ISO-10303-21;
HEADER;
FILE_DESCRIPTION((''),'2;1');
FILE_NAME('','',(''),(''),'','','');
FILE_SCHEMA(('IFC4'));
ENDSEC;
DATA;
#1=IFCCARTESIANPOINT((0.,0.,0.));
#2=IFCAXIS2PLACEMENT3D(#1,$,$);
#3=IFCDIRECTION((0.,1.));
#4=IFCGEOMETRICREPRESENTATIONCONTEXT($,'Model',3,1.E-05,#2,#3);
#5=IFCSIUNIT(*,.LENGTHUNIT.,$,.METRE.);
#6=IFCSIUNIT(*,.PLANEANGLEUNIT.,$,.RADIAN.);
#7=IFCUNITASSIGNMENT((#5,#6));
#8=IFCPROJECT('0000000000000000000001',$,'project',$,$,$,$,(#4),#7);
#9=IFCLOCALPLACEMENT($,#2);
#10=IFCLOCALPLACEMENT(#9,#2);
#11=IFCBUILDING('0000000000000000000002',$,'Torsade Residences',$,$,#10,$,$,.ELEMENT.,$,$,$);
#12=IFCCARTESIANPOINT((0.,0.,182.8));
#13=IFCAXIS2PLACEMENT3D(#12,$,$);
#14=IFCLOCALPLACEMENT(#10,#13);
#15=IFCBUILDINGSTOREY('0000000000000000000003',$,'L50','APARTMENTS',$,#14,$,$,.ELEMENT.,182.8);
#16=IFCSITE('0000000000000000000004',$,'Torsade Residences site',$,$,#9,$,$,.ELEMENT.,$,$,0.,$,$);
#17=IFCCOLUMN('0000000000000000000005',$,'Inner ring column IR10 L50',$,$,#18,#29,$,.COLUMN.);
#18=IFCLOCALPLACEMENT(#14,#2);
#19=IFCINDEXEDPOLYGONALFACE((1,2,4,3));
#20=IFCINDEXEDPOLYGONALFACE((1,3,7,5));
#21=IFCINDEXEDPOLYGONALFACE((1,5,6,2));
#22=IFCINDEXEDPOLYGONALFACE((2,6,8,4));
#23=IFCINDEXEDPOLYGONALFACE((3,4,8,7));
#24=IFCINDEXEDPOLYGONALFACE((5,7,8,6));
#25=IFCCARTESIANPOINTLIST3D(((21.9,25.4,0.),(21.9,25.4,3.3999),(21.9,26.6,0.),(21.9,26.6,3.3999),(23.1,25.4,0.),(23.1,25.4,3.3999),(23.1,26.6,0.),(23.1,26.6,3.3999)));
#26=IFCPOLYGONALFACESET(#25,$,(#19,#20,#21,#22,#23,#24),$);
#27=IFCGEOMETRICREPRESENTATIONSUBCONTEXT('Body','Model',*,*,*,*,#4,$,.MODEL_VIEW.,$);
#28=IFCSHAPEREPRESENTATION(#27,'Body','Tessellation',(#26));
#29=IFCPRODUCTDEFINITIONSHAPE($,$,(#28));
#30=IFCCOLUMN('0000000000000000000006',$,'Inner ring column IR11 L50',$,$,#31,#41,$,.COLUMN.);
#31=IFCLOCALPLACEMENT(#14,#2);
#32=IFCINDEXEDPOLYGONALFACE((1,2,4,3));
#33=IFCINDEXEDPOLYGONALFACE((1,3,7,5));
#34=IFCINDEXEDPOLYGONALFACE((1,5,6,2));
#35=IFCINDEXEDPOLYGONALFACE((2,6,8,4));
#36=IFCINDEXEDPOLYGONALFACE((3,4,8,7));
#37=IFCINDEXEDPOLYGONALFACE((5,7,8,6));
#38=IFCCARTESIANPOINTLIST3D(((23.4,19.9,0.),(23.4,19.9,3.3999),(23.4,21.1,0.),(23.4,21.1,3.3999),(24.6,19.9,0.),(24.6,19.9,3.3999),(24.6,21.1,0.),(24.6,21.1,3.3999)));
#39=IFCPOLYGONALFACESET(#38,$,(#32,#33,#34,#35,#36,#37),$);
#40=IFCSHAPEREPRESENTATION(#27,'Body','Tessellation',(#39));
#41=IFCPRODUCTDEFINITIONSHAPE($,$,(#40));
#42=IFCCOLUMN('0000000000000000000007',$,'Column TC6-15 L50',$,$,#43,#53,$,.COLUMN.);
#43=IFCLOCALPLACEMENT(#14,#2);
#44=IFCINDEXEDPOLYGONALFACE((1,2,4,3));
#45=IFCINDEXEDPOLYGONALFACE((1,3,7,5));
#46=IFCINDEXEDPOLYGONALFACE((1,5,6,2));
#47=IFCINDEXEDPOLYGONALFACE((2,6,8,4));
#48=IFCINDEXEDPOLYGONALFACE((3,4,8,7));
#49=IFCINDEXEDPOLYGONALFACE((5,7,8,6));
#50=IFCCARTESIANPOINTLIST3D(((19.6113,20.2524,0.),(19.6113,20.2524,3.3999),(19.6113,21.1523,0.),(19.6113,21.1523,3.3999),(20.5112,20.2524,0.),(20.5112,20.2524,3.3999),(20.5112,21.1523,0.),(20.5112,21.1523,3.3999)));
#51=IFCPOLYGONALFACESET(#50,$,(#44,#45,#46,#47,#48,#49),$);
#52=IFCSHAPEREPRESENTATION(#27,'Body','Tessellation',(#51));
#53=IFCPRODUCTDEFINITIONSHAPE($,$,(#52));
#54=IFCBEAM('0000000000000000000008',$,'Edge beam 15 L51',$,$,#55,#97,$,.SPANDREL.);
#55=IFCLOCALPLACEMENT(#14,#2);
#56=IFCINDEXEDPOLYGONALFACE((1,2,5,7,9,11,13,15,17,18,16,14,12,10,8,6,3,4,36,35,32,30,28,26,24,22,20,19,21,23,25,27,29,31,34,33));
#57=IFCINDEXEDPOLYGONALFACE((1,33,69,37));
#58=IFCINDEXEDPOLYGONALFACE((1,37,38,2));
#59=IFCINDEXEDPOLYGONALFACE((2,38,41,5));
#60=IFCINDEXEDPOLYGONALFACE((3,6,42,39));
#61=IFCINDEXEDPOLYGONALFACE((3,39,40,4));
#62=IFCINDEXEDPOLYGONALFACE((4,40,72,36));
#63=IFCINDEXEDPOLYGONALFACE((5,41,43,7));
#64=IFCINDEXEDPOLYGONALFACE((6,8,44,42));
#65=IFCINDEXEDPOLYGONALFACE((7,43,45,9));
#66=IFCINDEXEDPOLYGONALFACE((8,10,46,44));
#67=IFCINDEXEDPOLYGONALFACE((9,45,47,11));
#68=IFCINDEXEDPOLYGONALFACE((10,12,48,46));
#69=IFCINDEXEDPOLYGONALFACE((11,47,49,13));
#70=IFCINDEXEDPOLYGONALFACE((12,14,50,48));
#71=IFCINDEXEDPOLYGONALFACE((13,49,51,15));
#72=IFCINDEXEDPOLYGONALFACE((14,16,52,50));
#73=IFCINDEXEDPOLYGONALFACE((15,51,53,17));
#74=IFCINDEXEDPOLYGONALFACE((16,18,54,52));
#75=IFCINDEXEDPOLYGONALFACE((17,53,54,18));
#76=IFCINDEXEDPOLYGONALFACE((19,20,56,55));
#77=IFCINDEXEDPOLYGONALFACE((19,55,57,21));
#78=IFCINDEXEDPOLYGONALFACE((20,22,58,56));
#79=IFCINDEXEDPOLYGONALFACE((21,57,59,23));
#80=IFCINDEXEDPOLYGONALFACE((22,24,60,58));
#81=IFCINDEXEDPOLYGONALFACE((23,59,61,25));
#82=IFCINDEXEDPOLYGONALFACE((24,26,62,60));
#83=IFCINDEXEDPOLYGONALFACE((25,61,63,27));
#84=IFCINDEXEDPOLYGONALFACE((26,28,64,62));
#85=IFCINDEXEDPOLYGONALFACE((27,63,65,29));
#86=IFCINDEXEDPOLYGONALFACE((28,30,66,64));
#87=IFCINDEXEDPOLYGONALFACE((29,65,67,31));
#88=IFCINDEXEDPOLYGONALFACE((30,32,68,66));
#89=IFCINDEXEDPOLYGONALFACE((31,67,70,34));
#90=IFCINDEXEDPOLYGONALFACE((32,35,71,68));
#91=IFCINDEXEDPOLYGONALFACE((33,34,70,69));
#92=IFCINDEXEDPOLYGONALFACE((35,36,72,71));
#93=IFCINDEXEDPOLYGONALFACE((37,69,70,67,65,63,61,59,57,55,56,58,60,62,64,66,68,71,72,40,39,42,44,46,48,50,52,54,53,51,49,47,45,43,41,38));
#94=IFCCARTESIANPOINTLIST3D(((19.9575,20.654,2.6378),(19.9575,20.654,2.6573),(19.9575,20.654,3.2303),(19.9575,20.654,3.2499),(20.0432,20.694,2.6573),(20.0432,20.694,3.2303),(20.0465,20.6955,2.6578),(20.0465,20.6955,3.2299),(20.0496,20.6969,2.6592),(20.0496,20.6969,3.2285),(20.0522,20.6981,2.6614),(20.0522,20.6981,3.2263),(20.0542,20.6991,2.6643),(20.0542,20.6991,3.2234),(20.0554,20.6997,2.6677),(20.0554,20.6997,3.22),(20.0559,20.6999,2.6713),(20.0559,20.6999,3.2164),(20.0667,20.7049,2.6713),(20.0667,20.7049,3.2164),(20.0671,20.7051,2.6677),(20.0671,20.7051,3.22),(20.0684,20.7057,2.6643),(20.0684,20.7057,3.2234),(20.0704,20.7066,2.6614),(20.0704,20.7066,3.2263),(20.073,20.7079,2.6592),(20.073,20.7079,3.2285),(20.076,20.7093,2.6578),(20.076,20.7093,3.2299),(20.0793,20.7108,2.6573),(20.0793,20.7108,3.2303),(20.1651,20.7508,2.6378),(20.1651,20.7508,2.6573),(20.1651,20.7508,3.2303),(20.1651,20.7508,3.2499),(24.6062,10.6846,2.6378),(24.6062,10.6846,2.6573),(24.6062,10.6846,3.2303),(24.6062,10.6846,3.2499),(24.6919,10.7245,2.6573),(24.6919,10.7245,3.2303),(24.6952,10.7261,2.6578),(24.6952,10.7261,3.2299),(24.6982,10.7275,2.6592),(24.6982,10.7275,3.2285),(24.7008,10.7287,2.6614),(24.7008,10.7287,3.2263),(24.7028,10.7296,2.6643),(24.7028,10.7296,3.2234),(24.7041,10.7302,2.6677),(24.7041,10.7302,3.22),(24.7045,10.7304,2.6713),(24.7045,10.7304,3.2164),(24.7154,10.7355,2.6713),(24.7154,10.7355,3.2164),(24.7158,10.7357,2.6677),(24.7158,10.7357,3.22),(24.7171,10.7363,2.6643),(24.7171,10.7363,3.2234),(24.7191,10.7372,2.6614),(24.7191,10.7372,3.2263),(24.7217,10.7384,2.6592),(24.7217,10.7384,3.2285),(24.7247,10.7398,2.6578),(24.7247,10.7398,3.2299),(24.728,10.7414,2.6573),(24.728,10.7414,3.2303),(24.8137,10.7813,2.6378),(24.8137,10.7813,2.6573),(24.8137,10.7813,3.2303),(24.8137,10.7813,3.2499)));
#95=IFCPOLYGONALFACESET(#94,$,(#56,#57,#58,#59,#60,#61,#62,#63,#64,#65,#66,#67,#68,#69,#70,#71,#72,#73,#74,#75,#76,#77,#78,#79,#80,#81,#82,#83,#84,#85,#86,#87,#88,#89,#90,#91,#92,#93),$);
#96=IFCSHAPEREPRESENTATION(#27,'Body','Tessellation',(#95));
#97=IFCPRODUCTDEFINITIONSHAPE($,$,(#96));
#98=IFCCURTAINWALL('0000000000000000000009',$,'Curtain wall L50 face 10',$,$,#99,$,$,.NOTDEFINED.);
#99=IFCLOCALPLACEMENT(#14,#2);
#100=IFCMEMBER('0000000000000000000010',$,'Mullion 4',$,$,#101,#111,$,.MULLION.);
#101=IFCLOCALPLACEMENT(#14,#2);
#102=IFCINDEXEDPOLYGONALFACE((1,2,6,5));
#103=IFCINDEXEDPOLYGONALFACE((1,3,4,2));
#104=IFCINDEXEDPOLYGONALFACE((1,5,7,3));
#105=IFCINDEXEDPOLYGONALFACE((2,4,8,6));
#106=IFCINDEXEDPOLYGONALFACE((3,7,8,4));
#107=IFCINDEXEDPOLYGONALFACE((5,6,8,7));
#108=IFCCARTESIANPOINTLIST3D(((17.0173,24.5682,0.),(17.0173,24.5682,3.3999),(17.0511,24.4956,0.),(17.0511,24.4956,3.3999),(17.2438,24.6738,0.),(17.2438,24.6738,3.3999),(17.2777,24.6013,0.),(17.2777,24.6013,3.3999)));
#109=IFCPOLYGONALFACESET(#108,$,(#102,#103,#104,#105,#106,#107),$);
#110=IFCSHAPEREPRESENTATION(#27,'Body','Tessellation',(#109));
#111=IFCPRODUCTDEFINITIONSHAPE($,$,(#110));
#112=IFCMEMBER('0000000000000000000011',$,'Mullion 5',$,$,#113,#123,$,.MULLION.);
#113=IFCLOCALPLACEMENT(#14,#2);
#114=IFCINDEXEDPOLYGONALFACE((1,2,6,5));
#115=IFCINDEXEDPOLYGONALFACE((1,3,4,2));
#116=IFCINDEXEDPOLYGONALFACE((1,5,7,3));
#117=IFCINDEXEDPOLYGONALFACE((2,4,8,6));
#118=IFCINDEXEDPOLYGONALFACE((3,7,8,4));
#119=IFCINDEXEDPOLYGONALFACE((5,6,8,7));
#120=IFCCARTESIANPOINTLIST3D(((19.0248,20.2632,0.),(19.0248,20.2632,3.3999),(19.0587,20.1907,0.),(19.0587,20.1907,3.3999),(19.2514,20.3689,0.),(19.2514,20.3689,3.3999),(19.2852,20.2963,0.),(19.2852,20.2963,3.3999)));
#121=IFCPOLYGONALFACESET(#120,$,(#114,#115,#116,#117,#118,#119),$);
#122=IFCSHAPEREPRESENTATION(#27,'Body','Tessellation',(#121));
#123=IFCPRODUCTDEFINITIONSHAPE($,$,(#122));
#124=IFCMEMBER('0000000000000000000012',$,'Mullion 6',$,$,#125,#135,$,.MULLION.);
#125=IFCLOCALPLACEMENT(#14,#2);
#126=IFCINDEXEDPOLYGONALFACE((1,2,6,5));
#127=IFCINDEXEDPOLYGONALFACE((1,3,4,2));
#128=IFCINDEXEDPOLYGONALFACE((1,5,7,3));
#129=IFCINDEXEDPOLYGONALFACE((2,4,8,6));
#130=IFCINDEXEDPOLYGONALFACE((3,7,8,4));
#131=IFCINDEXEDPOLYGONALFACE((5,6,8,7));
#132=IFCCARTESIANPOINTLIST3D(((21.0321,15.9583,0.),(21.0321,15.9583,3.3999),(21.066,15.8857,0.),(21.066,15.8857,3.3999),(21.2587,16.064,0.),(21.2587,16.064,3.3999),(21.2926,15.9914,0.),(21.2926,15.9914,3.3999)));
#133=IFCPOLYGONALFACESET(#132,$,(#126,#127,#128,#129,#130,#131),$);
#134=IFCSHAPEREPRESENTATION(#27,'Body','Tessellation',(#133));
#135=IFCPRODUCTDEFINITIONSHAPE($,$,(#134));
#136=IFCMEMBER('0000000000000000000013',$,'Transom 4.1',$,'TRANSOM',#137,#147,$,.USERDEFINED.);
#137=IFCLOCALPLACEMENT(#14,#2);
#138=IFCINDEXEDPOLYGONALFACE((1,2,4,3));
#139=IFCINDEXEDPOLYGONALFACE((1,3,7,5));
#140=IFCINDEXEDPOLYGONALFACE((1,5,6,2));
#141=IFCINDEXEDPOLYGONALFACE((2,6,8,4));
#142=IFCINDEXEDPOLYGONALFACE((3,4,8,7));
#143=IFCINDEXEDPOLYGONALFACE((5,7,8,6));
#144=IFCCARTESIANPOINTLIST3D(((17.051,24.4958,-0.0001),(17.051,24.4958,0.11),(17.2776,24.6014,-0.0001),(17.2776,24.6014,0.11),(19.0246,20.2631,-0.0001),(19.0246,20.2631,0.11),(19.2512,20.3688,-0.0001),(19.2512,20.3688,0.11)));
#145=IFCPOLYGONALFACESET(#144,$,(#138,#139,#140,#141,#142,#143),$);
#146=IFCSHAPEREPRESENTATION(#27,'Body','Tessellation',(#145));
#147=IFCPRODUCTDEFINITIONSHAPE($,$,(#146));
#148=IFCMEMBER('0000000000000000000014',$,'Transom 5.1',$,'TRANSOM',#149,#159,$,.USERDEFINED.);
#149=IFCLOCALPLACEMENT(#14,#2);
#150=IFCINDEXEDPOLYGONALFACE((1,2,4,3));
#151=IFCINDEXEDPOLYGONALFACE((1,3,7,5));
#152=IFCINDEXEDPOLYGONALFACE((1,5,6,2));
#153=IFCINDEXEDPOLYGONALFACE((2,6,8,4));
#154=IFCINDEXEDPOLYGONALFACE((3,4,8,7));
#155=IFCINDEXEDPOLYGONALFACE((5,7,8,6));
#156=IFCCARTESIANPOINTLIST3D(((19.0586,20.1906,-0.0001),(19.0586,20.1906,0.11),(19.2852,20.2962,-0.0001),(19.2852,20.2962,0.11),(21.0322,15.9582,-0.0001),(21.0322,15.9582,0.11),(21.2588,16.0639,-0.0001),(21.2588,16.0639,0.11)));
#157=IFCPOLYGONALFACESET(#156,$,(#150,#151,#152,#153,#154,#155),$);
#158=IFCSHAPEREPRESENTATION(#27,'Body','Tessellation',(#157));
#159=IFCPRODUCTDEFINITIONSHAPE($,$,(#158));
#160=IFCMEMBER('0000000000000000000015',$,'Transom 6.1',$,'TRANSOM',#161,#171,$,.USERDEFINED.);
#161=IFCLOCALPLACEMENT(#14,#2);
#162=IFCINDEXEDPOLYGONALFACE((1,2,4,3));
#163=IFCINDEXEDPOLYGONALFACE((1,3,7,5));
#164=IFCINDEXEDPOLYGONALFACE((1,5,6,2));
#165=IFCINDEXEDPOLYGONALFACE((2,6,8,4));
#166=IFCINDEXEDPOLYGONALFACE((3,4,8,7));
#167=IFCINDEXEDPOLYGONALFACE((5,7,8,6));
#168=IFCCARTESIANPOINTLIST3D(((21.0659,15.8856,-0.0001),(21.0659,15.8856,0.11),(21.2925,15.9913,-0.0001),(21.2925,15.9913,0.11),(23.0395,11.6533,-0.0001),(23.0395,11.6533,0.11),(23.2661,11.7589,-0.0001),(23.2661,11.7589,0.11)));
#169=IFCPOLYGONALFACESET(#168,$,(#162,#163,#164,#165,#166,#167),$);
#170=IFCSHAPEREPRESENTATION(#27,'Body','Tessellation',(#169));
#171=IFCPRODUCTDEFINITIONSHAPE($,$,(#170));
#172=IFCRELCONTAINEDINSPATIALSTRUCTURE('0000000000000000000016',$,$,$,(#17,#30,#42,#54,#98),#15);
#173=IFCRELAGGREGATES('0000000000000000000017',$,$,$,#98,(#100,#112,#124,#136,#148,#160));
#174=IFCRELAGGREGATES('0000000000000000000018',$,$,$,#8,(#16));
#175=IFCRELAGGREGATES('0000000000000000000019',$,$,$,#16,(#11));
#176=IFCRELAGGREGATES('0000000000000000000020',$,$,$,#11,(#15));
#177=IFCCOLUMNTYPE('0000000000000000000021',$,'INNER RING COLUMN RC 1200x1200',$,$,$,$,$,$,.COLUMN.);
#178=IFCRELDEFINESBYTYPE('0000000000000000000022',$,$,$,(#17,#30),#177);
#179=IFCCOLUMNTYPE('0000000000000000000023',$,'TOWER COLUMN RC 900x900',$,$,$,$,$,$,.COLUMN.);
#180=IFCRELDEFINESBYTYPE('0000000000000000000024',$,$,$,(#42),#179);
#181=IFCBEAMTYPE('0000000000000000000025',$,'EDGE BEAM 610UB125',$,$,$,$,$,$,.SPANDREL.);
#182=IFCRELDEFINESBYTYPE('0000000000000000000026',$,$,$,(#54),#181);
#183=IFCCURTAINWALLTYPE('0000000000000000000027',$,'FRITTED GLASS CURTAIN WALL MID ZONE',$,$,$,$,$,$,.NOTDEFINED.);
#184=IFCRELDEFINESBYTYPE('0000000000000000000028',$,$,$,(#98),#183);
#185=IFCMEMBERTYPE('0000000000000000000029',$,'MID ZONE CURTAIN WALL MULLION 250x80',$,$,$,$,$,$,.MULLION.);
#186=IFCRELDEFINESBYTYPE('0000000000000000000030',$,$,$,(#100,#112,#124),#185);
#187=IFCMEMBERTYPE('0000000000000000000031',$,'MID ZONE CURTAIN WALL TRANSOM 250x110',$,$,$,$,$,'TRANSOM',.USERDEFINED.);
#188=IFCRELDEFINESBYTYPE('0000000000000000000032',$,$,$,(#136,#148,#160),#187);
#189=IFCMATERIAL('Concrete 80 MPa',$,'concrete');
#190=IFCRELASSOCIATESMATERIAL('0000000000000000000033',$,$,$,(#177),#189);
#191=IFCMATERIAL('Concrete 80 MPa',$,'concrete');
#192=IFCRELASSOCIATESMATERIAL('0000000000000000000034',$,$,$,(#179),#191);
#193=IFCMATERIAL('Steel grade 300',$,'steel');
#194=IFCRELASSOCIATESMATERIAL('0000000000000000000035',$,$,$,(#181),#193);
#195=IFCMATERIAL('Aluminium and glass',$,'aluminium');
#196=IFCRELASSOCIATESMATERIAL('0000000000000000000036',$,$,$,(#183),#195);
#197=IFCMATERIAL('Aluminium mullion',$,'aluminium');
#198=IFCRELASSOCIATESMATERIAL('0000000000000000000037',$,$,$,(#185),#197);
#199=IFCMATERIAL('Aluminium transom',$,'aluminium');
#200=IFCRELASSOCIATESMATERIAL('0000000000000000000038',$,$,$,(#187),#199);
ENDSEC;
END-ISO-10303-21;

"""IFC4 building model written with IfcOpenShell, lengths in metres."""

from ifc_helpers import new_model, si_unit, direction, frame, origin, origin_2d, place, context, subcontext, project, spatial, rectangle, i_section, extrude, material, material_profile, profile_set, type_object, element, aggregate, save


model = new_model("IFC4")

# Units and contexts
model_context = context("Model", 3, precision=1e-05, world=origin(), true_north=direction((0.0, 1.0)))
body_context = subcontext(model_context, "Body", "Model", "MODEL_VIEW")
ifc_project = project(units=[si_unit("LENGTHUNIT", "METRE"), si_unit("PLANEANGLEUNIT", "RADIAN")], contexts=[model_context])

# Site, building, storey
site_placement = place(None, origin())
site = spatial("IfcSite", under=ifc_project, at=site_placement, Name="Torsade Residences site", CompositionType="ELEMENT", RefElevation=0.0)
building_placement = place(site_placement, origin())
building = spatial("IfcBuilding", under=site, at=building_placement, Name="Torsade Residences", CompositionType="ELEMENT")
storey_placement = place(building_placement, frame((0.0, 0.0, 182.8)))
storey = spatial("IfcBuildingStorey", under=building, at=storey_placement, Name="L50", Description="APARTMENTS", CompositionType="ELEMENT", Elevation=182.8)

# Columns
ifc_material_1 = material(Name="Concrete 80 MPa", Category="concrete")
ifc_material_profile_1 = material_profile(ifc_material_1, rectangle(XDim=1.2, YDim=1.2, at=origin_2d()), Name="RC 1200x1200")
ifc_profile_set_1 = profile_set([ifc_material_profile_1], Name="Concrete 80 MPa")
column_type_1 = type_object("IfcColumnType", Name="INNER RING COLUMN RC 1200x1200", PredefinedType="COLUMN", material=ifc_profile_set_1)
for number, where, z_axis, x_axis, name in (
    (1, (22.5, 26.0, 0.0), (0.0, 0.0, 1.0), (1.0, 0.0, 0.0), "Inner ring column IR10 L50"),
    (2, (24.0, 20.5, 0.0), (0.0, 0.0, 1.0), (1.0, 0.0, 0.0), "Inner ring column IR11 L50"),
):
    element("IfcColumn", number, at=place(storey_placement, frame(where, z_axis=z_axis, x_axis=x_axis)), inside=storey, type_object=column_type_1, Name=name, PredefinedType="COLUMN", context=body_context, shape_type="SweptSolid", body=[
        extrude(rectangle(XDim=1.2, YDim=1.2, at=origin_2d()), origin(), (0.0, 0.0, 1.0), 3.3999),
    ])
ifc_material_2 = material(Name="Concrete 80 MPa", Category="concrete")
ifc_material_profile_2 = material_profile(ifc_material_2, rectangle(XDim=0.8999, YDim=0.8999, at=origin_2d()), Name="RC 900x900")
ifc_profile_set_2 = profile_set([ifc_material_profile_2], Name="Concrete 80 MPa")
column_type_2 = type_object("IfcColumnType", Name="TOWER COLUMN RC 900x900", PredefinedType="COLUMN", material=ifc_profile_set_2)
column_placement = place(storey_placement, frame((20.0613, 20.7024, 0.0), z_axis=(0.0, 0.0, 1.0), x_axis=(1.0, 0.0, 0.0)))
element("IfcColumn", 3, at=column_placement, inside=storey, type_object=column_type_2, Name="Column TC6-15 L50", PredefinedType="COLUMN", context=body_context, shape_type="SweptSolid", body=[
    extrude(rectangle(XDim=0.8999, YDim=0.8999, at=origin_2d()), origin(), (0.0, 0.0, 1.0), 3.3999),
])

# Beam
ifc_material_3 = material(Name="Steel grade 300", Category="steel")
ifc_material_profile_3 = material_profile(ifc_material_3, i_section(OverallWidth=0.229, OverallDepth=0.6121, WebThickness=0.012, FlangeThickness=0.0195, FilletRadius=0.0139, at=origin_2d()), Name="610UB125")
ifc_profile_set_3 = profile_set([ifc_material_profile_3], Name="Steel grade 300")
beam_type_1 = type_object("IfcBeamType", Name="EDGE BEAM 610UB125", PredefinedType="SPANDREL", material=ifc_profile_set_3)
beam_1_placement = place(storey_placement, frame((20.0613, 20.7024, 2.9438), z_axis=(0.422606, -0.906314, 0.0), x_axis=(0.906314, 0.422606, 0.0)))
element("IfcBeam", 4, at=beam_1_placement, inside=storey, type_object=beam_type_1, Name="Edge beam 15 L51", PredefinedType="SPANDREL", context=body_context, shape_type="SweptSolid", body=[
    extrude(i_section(OverallWidth=0.229, OverallDepth=0.6121, WebThickness=0.012, FlangeThickness=0.0195, FilletRadius=0.0139, at=origin_2d()), origin(), (0.0, 0.0, 1.0), 11.0),
])

# Curtain wall, members
ifc_material_4 = material(Name="Aluminium and glass", Category="aluminium")
curtain_wall_type = type_object("IfcCurtainWallType", Name="FRITTED GLASS CURTAIN WALL MID ZONE", PredefinedType="NOTDEFINED", material=ifc_material_4)
curtain_wall_placement = place(storey_placement, origin())
curtain_wall = element("IfcCurtainWall", 5, at=curtain_wall_placement, inside=storey, type_object=curtain_wall_type, Name="Curtain wall L50 face 10", PredefinedType="NOTDEFINED")
ifc_material_5 = material(Name="Aluminium mullion", Category="aluminium")
ifc_material_profile_4 = material_profile(ifc_material_5, rectangle(XDim=0.25, YDim=0.0801, at=origin_2d()), Name="MID ZONE CURTAIN WALL MULLION 250x80")
ifc_profile_set_4 = profile_set([ifc_material_profile_4], Name="Aluminium mullion")
member_type_1 = type_object("IfcMemberType", Name="MID ZONE CURTAIN WALL MULLION 250x80", PredefinedType="MULLION", material=ifc_profile_set_4)
member_1_placement = place(storey_placement, frame((17.1475, 24.5847, 0.0), z_axis=(0.0, 0.0, 1.0), x_axis=(0.906308, 0.422618, 0.0)))
member_1 = element("IfcMember", 6, at=member_1_placement, type_object=member_type_1, Name="Mullion 4", PredefinedType="MULLION", context=body_context, shape_type="SweptSolid", body=[
    extrude(rectangle(XDim=0.25, YDim=0.0801, at=origin_2d()), origin(), (0.0, 0.0, 1.0), 3.3999),
])
member_2_placement = place(storey_placement, frame((19.155, 20.2798, 0.0), z_axis=(0.0, 0.0, 1.0), x_axis=(0.906308, 0.422618, 0.0)))
member_2 = element("IfcMember", 7, at=member_2_placement, type_object=member_type_1, Name="Mullion 5", PredefinedType="MULLION", context=body_context, shape_type="SweptSolid", body=[
    extrude(rectangle(XDim=0.25, YDim=0.0801, at=origin_2d()), origin(), (0.0, 0.0, 1.0), 3.3999),
])
member_3_placement = place(storey_placement, frame((21.1624, 15.9749, 0.0), z_axis=(0.0, 0.0, 1.0), x_axis=(0.906308, 0.422618, 0.0)))
member_3 = element("IfcMember", 8, at=member_3_placement, type_object=member_type_1, Name="Mullion 6", PredefinedType="MULLION", context=body_context, shape_type="SweptSolid", body=[
    extrude(rectangle(XDim=0.25, YDim=0.0801, at=origin_2d()), origin(), (0.0, 0.0, 1.0), 3.3999),
])
ifc_material_6 = material(Name="Aluminium transom", Category="aluminium")
ifc_material_profile_5 = material_profile(ifc_material_6, rectangle(XDim=0.25, YDim=0.1101, at=origin_2d()), Name="MID ZONE CURTAIN WALL TRANSOM 250x110")
ifc_profile_set_5 = profile_set([ifc_material_profile_5], Name="Aluminium transom")
member_type_2 = type_object("IfcMemberType", Name="MID ZONE CURTAIN WALL TRANSOM 250x110", ElementType="TRANSOM", PredefinedType="USERDEFINED", material=ifc_profile_set_5)
member_4_placement = place(storey_placement, frame((17.1643, 24.5486, 0.0549), z_axis=(0.422602, -0.906315, 0.0), x_axis=(0.906315, 0.422602, 0.0)))
member_4 = element("IfcMember", 9, at=member_4_placement, type_object=member_type_2, Name="Transom 4.1", ObjectType="TRANSOM", PredefinedType="USERDEFINED", context=body_context, shape_type="SweptSolid", body=[
    extrude(rectangle(XDim=0.25, YDim=0.1101, at=origin_2d()), origin(), (0.0, 0.0, 1.0), 4.6702),
])
member_5_placement = place(storey_placement, frame((19.1719, 20.2434, 0.0549), z_axis=(0.422622, -0.906306, 0.0), x_axis=(0.906306, 0.422622, 0.0)))
member_5 = element("IfcMember", 10, at=member_5_placement, type_object=member_type_2, Name="Transom 5.1", ObjectType="TRANSOM", PredefinedType="USERDEFINED", context=body_context, shape_type="SweptSolid", body=[
    extrude(rectangle(XDim=0.25, YDim=0.1101, at=origin_2d()), origin(), (0.0, 0.0, 1.0), 4.6699),
])
member_6_placement = place(storey_placement, frame((21.1792, 15.9385, 0.0549), z_axis=(0.422622, -0.906306, 0.0), x_axis=(0.906306, 0.422622, 0.0)))
member_6 = element("IfcMember", 11, at=member_6_placement, type_object=member_type_2, Name="Transom 6.1", ObjectType="TRANSOM", PredefinedType="USERDEFINED", context=body_context, shape_type="SweptSolid", body=[
    extrude(rectangle(XDim=0.25, YDim=0.1101, at=origin_2d()), origin(), (0.0, 0.0, 1.0), 4.6699),
])

aggregate(curtain_wall, [member_1, member_2, member_3, member_4, member_5, member_6])

save(model, "model.ifc")
